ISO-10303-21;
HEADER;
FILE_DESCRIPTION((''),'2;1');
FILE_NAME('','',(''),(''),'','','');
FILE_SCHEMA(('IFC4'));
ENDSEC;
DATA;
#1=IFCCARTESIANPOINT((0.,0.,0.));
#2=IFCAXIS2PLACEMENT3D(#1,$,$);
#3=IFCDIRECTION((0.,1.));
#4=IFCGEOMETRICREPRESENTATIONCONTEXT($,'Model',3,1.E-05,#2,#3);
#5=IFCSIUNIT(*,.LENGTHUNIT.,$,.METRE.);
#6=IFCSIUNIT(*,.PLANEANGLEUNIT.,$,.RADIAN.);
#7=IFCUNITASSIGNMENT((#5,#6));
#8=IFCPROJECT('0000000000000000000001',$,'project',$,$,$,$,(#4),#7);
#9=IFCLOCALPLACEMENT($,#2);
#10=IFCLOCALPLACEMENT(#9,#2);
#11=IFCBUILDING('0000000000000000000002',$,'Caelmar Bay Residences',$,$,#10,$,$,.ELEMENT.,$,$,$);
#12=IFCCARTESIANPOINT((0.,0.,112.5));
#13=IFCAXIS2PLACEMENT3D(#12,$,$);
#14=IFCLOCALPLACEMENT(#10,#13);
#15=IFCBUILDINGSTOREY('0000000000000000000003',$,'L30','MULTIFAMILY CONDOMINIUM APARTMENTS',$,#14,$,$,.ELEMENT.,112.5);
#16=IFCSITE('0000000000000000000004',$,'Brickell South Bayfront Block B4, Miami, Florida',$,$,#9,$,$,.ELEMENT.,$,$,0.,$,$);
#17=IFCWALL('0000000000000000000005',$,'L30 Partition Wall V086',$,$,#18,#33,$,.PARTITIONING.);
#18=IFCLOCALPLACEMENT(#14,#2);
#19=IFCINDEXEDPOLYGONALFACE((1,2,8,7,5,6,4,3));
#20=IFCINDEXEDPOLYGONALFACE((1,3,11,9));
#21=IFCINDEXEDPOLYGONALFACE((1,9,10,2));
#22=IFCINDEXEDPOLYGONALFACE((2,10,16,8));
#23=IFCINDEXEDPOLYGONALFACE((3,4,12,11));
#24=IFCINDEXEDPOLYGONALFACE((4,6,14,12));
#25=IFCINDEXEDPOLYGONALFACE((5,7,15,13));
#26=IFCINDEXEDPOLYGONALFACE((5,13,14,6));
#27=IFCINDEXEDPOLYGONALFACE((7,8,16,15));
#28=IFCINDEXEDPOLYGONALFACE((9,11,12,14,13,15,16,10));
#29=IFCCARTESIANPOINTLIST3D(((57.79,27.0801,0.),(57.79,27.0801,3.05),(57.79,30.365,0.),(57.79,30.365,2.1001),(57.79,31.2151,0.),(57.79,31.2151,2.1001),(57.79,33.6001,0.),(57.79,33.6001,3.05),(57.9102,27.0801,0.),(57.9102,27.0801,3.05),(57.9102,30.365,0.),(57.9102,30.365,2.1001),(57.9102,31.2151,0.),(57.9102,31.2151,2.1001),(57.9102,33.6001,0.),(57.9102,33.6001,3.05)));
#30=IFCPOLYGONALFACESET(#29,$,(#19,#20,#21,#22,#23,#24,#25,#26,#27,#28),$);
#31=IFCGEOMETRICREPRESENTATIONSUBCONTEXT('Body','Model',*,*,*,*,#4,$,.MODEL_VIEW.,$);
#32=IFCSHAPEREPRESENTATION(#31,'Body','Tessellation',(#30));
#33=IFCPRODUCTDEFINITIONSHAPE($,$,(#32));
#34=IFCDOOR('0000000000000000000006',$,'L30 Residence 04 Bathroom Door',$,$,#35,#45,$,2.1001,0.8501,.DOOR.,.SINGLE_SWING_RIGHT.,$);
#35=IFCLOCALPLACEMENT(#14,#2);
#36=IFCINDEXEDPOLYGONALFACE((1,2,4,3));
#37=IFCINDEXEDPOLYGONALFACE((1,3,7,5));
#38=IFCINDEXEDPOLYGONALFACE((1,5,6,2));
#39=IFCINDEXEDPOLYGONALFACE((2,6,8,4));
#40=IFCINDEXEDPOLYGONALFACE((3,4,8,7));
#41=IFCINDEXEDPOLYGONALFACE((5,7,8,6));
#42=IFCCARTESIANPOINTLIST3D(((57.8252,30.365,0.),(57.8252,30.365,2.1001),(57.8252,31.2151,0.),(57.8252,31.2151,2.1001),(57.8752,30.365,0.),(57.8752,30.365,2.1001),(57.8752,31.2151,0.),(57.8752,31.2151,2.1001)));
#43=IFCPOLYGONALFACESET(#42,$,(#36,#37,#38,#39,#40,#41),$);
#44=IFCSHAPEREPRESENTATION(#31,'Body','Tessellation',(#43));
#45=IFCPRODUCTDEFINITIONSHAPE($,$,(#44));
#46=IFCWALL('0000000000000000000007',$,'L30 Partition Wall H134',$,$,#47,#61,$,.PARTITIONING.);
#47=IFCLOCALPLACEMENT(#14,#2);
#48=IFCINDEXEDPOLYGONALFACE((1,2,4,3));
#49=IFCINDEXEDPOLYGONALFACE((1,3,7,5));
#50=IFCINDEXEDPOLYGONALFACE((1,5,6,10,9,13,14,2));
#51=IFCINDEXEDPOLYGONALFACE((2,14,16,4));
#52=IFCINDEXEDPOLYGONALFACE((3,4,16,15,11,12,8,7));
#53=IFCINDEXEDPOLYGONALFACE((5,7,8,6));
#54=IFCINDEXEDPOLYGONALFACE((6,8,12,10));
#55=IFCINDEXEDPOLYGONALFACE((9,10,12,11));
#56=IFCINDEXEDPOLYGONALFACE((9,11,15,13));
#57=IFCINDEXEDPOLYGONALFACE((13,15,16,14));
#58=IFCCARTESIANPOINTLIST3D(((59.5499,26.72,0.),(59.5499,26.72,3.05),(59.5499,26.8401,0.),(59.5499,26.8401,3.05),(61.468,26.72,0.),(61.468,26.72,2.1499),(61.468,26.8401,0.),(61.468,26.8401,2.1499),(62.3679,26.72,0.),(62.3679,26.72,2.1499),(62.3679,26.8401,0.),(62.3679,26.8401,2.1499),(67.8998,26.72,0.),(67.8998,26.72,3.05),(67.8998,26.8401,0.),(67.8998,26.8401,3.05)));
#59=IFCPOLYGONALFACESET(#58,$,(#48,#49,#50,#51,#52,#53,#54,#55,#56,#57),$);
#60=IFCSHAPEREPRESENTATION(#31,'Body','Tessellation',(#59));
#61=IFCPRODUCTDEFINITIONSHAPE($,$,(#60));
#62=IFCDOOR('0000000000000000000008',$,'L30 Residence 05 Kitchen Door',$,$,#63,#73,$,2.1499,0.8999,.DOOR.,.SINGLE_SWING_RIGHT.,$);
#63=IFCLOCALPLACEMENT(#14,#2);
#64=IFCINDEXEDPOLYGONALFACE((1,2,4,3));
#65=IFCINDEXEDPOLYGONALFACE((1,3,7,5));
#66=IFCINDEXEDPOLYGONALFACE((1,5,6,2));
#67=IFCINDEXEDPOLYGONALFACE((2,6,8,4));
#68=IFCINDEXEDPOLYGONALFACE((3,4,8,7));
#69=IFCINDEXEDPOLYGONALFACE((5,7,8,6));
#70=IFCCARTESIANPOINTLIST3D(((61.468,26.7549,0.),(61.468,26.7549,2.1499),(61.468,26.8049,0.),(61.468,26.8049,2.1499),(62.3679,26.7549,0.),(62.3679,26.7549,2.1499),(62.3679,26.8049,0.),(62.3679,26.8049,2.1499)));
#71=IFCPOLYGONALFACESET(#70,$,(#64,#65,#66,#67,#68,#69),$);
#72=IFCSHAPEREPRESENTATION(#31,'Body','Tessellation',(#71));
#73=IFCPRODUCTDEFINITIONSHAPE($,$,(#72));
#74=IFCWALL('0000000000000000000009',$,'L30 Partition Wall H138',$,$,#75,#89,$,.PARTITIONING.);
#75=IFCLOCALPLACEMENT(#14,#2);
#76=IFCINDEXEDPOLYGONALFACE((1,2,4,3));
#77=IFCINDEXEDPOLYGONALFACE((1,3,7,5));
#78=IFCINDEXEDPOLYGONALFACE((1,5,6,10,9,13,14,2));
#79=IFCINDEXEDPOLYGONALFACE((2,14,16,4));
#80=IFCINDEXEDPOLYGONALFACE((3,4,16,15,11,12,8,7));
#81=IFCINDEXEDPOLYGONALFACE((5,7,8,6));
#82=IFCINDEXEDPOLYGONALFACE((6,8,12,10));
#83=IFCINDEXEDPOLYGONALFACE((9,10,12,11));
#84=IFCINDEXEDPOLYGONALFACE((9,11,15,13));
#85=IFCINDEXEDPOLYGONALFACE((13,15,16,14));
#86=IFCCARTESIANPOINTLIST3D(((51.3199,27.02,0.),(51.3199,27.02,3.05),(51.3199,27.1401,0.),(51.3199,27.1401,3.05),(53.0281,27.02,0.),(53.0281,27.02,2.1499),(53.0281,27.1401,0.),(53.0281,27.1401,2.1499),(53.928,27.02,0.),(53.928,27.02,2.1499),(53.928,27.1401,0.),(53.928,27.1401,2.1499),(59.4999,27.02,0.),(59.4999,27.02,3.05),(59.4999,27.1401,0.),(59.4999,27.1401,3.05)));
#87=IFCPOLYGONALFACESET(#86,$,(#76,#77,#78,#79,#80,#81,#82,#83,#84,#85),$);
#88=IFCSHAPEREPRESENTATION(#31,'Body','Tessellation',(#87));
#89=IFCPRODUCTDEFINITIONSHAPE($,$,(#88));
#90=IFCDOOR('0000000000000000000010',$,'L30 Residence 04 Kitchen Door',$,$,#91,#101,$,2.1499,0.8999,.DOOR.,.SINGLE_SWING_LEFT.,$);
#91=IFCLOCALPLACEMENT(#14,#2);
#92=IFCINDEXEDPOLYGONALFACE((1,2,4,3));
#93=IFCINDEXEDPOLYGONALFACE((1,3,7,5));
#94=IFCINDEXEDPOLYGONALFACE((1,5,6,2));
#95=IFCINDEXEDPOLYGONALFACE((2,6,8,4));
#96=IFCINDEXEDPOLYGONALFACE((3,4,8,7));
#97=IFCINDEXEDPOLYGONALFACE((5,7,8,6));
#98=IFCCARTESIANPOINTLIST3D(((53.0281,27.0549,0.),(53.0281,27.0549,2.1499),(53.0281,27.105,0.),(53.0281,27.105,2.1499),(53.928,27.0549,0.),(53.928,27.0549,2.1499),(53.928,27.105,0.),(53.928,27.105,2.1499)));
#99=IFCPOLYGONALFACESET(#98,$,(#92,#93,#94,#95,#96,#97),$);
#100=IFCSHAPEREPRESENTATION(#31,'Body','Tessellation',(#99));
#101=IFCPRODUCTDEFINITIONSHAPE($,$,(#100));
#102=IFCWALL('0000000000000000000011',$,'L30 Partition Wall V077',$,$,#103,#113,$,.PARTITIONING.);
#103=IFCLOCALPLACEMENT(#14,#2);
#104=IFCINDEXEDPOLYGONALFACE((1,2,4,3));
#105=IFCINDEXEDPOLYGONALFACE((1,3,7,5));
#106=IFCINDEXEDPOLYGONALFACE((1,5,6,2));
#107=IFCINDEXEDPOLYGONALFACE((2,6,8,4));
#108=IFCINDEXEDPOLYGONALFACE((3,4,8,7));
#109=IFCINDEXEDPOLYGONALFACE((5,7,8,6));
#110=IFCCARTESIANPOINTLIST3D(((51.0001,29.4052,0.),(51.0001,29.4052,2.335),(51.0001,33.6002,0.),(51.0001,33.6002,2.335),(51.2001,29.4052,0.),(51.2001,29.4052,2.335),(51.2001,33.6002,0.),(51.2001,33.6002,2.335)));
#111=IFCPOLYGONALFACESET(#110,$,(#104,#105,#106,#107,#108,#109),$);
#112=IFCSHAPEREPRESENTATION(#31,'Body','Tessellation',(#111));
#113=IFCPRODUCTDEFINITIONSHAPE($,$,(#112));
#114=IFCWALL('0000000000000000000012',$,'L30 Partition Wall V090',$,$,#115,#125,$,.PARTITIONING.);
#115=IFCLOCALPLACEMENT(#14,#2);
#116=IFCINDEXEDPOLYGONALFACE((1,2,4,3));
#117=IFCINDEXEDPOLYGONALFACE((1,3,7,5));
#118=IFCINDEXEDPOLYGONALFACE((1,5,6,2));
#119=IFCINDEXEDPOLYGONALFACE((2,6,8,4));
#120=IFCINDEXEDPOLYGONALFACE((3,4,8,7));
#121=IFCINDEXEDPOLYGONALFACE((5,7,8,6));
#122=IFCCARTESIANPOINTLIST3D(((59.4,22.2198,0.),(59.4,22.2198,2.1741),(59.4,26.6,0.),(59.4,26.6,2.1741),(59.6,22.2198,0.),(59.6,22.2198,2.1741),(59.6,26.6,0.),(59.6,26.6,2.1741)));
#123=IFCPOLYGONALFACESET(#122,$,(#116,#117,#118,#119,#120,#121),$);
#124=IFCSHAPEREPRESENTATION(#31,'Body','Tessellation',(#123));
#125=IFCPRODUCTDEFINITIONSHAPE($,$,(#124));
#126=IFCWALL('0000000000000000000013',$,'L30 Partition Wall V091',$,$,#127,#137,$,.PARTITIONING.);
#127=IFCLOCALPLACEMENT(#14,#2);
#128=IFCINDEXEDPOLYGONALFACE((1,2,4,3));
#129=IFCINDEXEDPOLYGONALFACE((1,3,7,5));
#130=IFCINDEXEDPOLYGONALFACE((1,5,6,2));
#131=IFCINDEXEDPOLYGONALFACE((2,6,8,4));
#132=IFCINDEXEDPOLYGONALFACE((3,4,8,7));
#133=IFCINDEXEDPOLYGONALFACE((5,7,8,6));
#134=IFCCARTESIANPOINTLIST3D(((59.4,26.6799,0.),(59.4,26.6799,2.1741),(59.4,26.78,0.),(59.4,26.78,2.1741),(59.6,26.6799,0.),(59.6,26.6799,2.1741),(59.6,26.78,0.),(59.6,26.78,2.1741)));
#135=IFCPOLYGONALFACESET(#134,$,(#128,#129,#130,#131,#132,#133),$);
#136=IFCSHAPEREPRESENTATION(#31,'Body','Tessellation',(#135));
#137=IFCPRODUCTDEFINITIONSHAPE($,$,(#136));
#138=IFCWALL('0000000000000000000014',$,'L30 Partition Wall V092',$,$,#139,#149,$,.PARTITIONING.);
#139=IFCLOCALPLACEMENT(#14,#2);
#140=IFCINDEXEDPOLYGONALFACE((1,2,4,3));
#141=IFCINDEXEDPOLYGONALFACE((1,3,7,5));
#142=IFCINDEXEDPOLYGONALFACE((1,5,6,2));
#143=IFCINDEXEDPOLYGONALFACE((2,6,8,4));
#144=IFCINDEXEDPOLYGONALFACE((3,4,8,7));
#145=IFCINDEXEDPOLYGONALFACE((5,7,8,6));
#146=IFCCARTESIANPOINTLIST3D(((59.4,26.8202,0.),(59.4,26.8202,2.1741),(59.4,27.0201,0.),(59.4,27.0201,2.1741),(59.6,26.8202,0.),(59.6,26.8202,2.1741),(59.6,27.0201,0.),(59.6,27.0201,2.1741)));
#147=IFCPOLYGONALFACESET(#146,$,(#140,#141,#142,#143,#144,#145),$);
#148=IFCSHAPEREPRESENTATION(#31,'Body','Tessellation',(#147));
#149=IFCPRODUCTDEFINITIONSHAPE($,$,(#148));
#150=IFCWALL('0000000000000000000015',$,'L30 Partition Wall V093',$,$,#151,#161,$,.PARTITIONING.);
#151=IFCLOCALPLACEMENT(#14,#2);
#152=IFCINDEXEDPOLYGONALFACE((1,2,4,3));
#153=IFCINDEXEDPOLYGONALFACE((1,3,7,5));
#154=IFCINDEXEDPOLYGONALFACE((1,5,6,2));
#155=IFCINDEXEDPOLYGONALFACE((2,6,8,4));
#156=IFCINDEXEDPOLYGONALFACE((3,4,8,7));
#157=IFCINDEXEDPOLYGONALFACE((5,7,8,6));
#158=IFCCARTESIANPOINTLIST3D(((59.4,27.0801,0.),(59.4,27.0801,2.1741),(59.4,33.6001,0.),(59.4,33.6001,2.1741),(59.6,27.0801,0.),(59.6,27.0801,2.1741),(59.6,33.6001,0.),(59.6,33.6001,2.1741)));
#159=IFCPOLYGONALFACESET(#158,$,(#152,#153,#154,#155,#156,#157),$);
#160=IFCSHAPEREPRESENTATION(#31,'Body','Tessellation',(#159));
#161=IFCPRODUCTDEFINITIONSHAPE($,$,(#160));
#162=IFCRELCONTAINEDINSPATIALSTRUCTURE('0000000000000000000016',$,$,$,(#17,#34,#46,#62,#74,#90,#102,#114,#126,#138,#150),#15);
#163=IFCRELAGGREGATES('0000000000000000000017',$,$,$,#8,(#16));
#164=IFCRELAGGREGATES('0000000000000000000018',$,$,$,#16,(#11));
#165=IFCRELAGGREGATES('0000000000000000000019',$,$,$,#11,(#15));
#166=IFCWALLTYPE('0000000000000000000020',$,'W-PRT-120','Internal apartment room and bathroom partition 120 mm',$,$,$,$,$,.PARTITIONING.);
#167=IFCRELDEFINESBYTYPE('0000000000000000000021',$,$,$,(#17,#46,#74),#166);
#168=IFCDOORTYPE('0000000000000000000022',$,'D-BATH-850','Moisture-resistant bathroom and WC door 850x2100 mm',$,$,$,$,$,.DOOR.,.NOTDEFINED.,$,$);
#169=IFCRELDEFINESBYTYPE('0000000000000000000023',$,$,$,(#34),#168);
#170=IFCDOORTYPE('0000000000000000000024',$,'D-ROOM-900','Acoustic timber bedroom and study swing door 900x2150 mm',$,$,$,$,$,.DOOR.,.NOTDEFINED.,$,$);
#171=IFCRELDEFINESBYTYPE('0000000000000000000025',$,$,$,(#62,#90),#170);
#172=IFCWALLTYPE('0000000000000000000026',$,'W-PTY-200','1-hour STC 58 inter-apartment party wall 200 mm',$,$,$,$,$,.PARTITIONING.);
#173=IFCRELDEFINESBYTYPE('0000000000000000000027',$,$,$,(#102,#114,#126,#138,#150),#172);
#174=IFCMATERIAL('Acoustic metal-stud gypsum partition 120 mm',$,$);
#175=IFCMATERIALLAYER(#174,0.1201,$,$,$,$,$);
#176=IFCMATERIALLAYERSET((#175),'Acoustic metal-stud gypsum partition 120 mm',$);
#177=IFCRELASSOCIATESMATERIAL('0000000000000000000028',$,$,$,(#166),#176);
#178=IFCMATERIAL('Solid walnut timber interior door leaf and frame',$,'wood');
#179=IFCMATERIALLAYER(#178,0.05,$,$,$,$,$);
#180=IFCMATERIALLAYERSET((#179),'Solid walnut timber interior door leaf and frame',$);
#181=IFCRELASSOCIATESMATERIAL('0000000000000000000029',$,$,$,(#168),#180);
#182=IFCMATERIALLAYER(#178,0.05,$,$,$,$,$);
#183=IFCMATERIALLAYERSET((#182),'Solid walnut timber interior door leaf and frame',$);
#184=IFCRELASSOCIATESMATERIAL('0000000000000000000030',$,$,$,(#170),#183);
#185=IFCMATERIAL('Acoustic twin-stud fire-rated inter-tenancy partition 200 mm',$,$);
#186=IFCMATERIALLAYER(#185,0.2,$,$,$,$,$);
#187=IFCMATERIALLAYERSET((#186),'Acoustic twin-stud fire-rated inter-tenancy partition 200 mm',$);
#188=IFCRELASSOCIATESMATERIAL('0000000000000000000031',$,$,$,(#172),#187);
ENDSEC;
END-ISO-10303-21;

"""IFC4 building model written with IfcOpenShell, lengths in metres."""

from ifc_helpers import new_model, si_unit, direction, frame, frame_2d, origin, place, context, subcontext, project, spatial, rectangle, extrude, material, layer, layer_set, type_object, element, fill, save


model = new_model("IFC4")

# Units and contexts
model_context = context("Model", 3, precision=1e-05, world=origin(), true_north=direction((0.0, 1.0)))
body_context = subcontext(model_context, "Body", "Model", "MODEL_VIEW")
ifc_project = project(units=[si_unit("LENGTHUNIT", "METRE"), si_unit("PLANEANGLEUNIT", "RADIAN")], contexts=[model_context])

# Site, building, storey
site_placement = place(None, origin())
site = spatial("IfcSite", under=ifc_project, at=site_placement, Name="Brickell South Bayfront Block B4, Miami, Florida", CompositionType="ELEMENT", RefElevation=0.0)
building_placement = place(site_placement, origin())
building = spatial("IfcBuilding", under=site, at=building_placement, Name="Caelmar Bay Residences", CompositionType="ELEMENT")
storey_placement = place(building_placement, frame((0.0, 0.0, 112.5)))
storey = spatial("IfcBuildingStorey", under=building, at=storey_placement, Name="L30", Description="MULTIFAMILY CONDOMINIUM APARTMENTS", CompositionType="ELEMENT", Elevation=112.5)

# Shared definitions
ifc_material_1 = material(Name="Acoustic metal-stud gypsum partition 120 mm")
ifc_layer_1 = layer(ifc_material_1, 0.1201)
ifc_layer_set_1 = layer_set([ifc_layer_1], Name="Acoustic metal-stud gypsum partition 120 mm")
wall_type_1 = type_object("IfcWallType", Name="W-PRT-120", Description="Internal apartment room and bathroom partition 120 mm", PredefinedType="PARTITIONING", material=ifc_layer_set_1)
ifc_material_2 = material(Name="Solid walnut timber interior door leaf and frame", Category="wood")
ifc_layer_2 = layer(ifc_material_2, 0.05)
ifc_layer_set_2 = layer_set([ifc_layer_2], Name="Solid walnut timber interior door leaf and frame")
door_type_1 = type_object("IfcDoorType", Name="D-BATH-850", Description="Moisture-resistant bathroom and WC door 850x2100 mm", OperationType="NOTDEFINED", PredefinedType="DOOR", material=ifc_layer_set_2)
ifc_layer_3 = layer(ifc_material_2, 0.05)
ifc_layer_set_3 = layer_set([ifc_layer_3], Name="Solid walnut timber interior door leaf and frame")
door_type_2 = type_object("IfcDoorType", Name="D-ROOM-900", Description="Acoustic timber bedroom and study swing door 900x2150 mm", OperationType="NOTDEFINED", PredefinedType="DOOR", material=ifc_layer_set_3)

# Walls, openings, doors
wall_1_placement = place(storey_placement, frame((57.8501, 27.0801, 0.0), z_axis=(0.0, 0.0, 1.0), x_axis=(0.0, 1.0, 0.0)))
wall_1 = element("IfcWall", 1, at=wall_1_placement, inside=storey, type_object=wall_type_1, Name="L30 Partition Wall V086", PredefinedType="PARTITIONING", context=body_context, shape_type="SweptSolid", body=[
    extrude(rectangle(XDim=6.52, YDim=0.1201, at=frame_2d((3.26, 0.0))), origin(), (0.0, 0.0, 1.0), 3.05),
])
opening_1_placement = place(wall_1_placement, frame((3.2849, 0.0, 0.0)))
opening_1 = element("IfcOpeningElement", 2, at=opening_1_placement, cuts=wall_1, PredefinedType="OPENING", context=body_context, shape_type="SweptSolid", body=[
    extrude(rectangle(XDim=0.8501, YDim=2.1001, at=frame_2d((0.425, 1.05))), frame((0.0, 0.0701, 0.0), z_axis=(0.0, -1.0, 0.0), x_axis=(1.0, 0.0, 0.0)), (0.0, 0.0, 1.0), 0.1401),
])
door_1_placement = place(opening_1_placement, origin())
door_1 = element("IfcDoor", 3, at=door_1_placement, inside=storey, type_object=door_type_1, Name="L30 Residence 04 Bathroom Door", OperationType="SINGLE_SWING_RIGHT", OverallHeight=2.1001, OverallWidth=0.8501, PredefinedType="DOOR", context=body_context, shape_type="SweptSolid", body=[
    extrude(rectangle(XDim=0.8501, YDim=2.1001, at=frame_2d((0.425, 1.05))), frame((0.0, 0.0249, 0.0), z_axis=(0.0, -1.0, 0.0), x_axis=(1.0, 0.0, 0.0)), (0.0, 0.0, 1.0), 0.05),
])
fill(opening_1, door_1)
wall_2_placement = place(storey_placement, frame((59.55, 26.78, 0.0), z_axis=(0.0, 0.0, 1.0), x_axis=(1.0, 0.0, 0.0)))
wall_2 = element("IfcWall", 4, at=wall_2_placement, inside=storey, type_object=wall_type_1, Name="L30 Partition Wall H134", PredefinedType="PARTITIONING", context=body_context, shape_type="SweptSolid", body=[
    extrude(rectangle(XDim=8.3499, YDim=0.1201, at=frame_2d((4.1748, 0.0))), origin(), (0.0, 0.0, 1.0), 3.05),
])
opening_2_placement = place(wall_2_placement, frame((1.918, 0.0, 0.0)))
opening_2 = element("IfcOpeningElement", 5, at=opening_2_placement, cuts=wall_2, PredefinedType="OPENING", context=body_context, shape_type="SweptSolid", body=[
    extrude(rectangle(XDim=0.8999, YDim=2.1499, at=frame_2d((0.45, 1.075))), frame((0.0, 0.0701, 0.0), z_axis=(0.0, -1.0, 0.0), x_axis=(1.0, 0.0, 0.0)), (0.0, 0.0, 1.0), 0.1401),
])
door_2_placement = place(opening_2_placement, origin())
door_2 = element("IfcDoor", 6, at=door_2_placement, inside=storey, type_object=door_type_2, Name="L30 Residence 05 Kitchen Door", OperationType="SINGLE_SWING_RIGHT", OverallHeight=2.1499, OverallWidth=0.8999, PredefinedType="DOOR", context=body_context, shape_type="SweptSolid", body=[
    extrude(rectangle(XDim=0.8999, YDim=2.1499, at=frame_2d((0.45, 1.075))), frame((0.0, 0.0249, 0.0), z_axis=(0.0, -1.0, 0.0), x_axis=(1.0, 0.0, 0.0)), (0.0, 0.0, 1.0), 0.05),
])
fill(opening_2, door_2)
wall_3_placement = place(storey_placement, frame((51.3201, 27.0801, 0.0), z_axis=(0.0, 0.0, 1.0), x_axis=(1.0, 0.0, 0.0)))
wall_3 = element("IfcWall", 7, at=wall_3_placement, inside=storey, type_object=wall_type_1, Name="L30 Partition Wall H138", PredefinedType="PARTITIONING", context=body_context, shape_type="SweptSolid", body=[
    extrude(rectangle(XDim=8.1799, YDim=0.1201, at=frame_2d((4.0898, 0.0))), origin(), (0.0, 0.0, 1.0), 3.05),
])
opening_3_placement = place(wall_3_placement, frame((1.708, 0.0, 0.0)))
opening_3 = element("IfcOpeningElement", 8, at=opening_3_placement, cuts=wall_3, PredefinedType="OPENING", context=body_context, shape_type="SweptSolid", body=[
    extrude(rectangle(XDim=0.8999, YDim=2.1499, at=frame_2d((0.45, 1.075))), frame((0.0, 0.0701, 0.0), z_axis=(0.0, -1.0, 0.0), x_axis=(1.0, 0.0, 0.0)), (0.0, 0.0, 1.0), 0.1401),
])
door_3_placement = place(opening_3_placement, origin())
door_3 = element("IfcDoor", 9, at=door_3_placement, inside=storey, type_object=door_type_2, Name="L30 Residence 04 Kitchen Door", OperationType="SINGLE_SWING_LEFT", OverallHeight=2.1499, OverallWidth=0.8999, PredefinedType="DOOR", context=body_context, shape_type="SweptSolid", body=[
    extrude(rectangle(XDim=0.8999, YDim=2.1499, at=frame_2d((0.45, 1.075))), frame((0.0, 0.0249, 0.0), z_axis=(0.0, -1.0, 0.0), x_axis=(1.0, 0.0, 0.0)), (0.0, 0.0, 1.0), 0.05),
])
fill(opening_3, door_3)

# Walls
ifc_material_3 = material(Name="Acoustic twin-stud fire-rated inter-tenancy partition 200 mm")
ifc_layer_4 = layer(ifc_material_3, 0.2)
ifc_layer_set_4 = layer_set([ifc_layer_4], Name="Acoustic twin-stud fire-rated inter-tenancy partition 200 mm")
wall_type_2 = type_object("IfcWallType", Name="W-PTY-200", Description="1-hour STC 58 inter-apartment party wall 200 mm", PredefinedType="PARTITIONING", material=ifc_layer_set_4)
wall_4_placement = place(storey_placement, frame((51.1001, 29.405, 0.0), z_axis=(0.0, 0.0, 1.0), x_axis=(0.0, 1.0, 0.0)))
element("IfcWall", 10, at=wall_4_placement, inside=storey, type_object=wall_type_2, Name="L30 Partition Wall V077", PredefinedType="PARTITIONING", context=body_context, shape_type="SweptSolid", body=[
    extrude(rectangle(XDim=4.1951, YDim=0.2, at=frame_2d((2.0977, 0.0))), origin(), (0.0, 0.0, 1.0), 2.335),
])
wall_5_placement = place(storey_placement, frame((59.5, 22.22, 0.0), z_axis=(0.0, 0.0, 1.0), x_axis=(0.0, 1.0, 0.0)))
element("IfcWall", 11, at=wall_5_placement, inside=storey, type_object=wall_type_2, Name="L30 Partition Wall V090", PredefinedType="PARTITIONING", context=body_context, shape_type="SweptSolid", body=[
    extrude(rectangle(XDim=4.3801, YDim=0.2, at=frame_2d((2.1899, 0.0))), origin(), (0.0, 0.0, 1.0), 2.1741),
])
wall_6_placement = place(storey_placement, frame((59.5, 26.6799, 0.0), z_axis=(0.0, 0.0, 1.0), x_axis=(0.0, 1.0, 0.0)))
element("IfcWall", 12, at=wall_6_placement, inside=storey, type_object=wall_type_2, Name="L30 Partition Wall V091", PredefinedType="PARTITIONING", context=body_context, shape_type="SweptSolid", body=[
    extrude(rectangle(XDim=0.1001, YDim=0.2, at=frame_2d((0.05, 0.0))), origin(), (0.0, 0.0, 1.0), 2.1741),
])
wall_7_placement = place(storey_placement, frame((59.5, 26.8201, 0.0), z_axis=(0.0, 0.0, 1.0), x_axis=(0.0, 1.0, 0.0)))
element("IfcWall", 13, at=wall_7_placement, inside=storey, type_object=wall_type_2, Name="L30 Partition Wall V092", PredefinedType="PARTITIONING", context=body_context, shape_type="SweptSolid", body=[
    extrude(rectangle(XDim=0.2, YDim=0.2, at=frame_2d((0.1001, 0.0))), origin(), (0.0, 0.0, 1.0), 2.1741),
])
wall_8_placement = place(storey_placement, frame((59.5, 27.0801, 0.0), z_axis=(0.0, 0.0, 1.0), x_axis=(0.0, 1.0, 0.0)))
element("IfcWall", 14, at=wall_8_placement, inside=storey, type_object=wall_type_2, Name="L30 Partition Wall V093", PredefinedType="PARTITIONING", context=body_context, shape_type="SweptSolid", body=[
    extrude(rectangle(XDim=6.52, YDim=0.2, at=frame_2d((3.26, 0.0))), origin(), (0.0, 0.0, 1.0), 2.1741),
])

save(model, "model.ifc")
